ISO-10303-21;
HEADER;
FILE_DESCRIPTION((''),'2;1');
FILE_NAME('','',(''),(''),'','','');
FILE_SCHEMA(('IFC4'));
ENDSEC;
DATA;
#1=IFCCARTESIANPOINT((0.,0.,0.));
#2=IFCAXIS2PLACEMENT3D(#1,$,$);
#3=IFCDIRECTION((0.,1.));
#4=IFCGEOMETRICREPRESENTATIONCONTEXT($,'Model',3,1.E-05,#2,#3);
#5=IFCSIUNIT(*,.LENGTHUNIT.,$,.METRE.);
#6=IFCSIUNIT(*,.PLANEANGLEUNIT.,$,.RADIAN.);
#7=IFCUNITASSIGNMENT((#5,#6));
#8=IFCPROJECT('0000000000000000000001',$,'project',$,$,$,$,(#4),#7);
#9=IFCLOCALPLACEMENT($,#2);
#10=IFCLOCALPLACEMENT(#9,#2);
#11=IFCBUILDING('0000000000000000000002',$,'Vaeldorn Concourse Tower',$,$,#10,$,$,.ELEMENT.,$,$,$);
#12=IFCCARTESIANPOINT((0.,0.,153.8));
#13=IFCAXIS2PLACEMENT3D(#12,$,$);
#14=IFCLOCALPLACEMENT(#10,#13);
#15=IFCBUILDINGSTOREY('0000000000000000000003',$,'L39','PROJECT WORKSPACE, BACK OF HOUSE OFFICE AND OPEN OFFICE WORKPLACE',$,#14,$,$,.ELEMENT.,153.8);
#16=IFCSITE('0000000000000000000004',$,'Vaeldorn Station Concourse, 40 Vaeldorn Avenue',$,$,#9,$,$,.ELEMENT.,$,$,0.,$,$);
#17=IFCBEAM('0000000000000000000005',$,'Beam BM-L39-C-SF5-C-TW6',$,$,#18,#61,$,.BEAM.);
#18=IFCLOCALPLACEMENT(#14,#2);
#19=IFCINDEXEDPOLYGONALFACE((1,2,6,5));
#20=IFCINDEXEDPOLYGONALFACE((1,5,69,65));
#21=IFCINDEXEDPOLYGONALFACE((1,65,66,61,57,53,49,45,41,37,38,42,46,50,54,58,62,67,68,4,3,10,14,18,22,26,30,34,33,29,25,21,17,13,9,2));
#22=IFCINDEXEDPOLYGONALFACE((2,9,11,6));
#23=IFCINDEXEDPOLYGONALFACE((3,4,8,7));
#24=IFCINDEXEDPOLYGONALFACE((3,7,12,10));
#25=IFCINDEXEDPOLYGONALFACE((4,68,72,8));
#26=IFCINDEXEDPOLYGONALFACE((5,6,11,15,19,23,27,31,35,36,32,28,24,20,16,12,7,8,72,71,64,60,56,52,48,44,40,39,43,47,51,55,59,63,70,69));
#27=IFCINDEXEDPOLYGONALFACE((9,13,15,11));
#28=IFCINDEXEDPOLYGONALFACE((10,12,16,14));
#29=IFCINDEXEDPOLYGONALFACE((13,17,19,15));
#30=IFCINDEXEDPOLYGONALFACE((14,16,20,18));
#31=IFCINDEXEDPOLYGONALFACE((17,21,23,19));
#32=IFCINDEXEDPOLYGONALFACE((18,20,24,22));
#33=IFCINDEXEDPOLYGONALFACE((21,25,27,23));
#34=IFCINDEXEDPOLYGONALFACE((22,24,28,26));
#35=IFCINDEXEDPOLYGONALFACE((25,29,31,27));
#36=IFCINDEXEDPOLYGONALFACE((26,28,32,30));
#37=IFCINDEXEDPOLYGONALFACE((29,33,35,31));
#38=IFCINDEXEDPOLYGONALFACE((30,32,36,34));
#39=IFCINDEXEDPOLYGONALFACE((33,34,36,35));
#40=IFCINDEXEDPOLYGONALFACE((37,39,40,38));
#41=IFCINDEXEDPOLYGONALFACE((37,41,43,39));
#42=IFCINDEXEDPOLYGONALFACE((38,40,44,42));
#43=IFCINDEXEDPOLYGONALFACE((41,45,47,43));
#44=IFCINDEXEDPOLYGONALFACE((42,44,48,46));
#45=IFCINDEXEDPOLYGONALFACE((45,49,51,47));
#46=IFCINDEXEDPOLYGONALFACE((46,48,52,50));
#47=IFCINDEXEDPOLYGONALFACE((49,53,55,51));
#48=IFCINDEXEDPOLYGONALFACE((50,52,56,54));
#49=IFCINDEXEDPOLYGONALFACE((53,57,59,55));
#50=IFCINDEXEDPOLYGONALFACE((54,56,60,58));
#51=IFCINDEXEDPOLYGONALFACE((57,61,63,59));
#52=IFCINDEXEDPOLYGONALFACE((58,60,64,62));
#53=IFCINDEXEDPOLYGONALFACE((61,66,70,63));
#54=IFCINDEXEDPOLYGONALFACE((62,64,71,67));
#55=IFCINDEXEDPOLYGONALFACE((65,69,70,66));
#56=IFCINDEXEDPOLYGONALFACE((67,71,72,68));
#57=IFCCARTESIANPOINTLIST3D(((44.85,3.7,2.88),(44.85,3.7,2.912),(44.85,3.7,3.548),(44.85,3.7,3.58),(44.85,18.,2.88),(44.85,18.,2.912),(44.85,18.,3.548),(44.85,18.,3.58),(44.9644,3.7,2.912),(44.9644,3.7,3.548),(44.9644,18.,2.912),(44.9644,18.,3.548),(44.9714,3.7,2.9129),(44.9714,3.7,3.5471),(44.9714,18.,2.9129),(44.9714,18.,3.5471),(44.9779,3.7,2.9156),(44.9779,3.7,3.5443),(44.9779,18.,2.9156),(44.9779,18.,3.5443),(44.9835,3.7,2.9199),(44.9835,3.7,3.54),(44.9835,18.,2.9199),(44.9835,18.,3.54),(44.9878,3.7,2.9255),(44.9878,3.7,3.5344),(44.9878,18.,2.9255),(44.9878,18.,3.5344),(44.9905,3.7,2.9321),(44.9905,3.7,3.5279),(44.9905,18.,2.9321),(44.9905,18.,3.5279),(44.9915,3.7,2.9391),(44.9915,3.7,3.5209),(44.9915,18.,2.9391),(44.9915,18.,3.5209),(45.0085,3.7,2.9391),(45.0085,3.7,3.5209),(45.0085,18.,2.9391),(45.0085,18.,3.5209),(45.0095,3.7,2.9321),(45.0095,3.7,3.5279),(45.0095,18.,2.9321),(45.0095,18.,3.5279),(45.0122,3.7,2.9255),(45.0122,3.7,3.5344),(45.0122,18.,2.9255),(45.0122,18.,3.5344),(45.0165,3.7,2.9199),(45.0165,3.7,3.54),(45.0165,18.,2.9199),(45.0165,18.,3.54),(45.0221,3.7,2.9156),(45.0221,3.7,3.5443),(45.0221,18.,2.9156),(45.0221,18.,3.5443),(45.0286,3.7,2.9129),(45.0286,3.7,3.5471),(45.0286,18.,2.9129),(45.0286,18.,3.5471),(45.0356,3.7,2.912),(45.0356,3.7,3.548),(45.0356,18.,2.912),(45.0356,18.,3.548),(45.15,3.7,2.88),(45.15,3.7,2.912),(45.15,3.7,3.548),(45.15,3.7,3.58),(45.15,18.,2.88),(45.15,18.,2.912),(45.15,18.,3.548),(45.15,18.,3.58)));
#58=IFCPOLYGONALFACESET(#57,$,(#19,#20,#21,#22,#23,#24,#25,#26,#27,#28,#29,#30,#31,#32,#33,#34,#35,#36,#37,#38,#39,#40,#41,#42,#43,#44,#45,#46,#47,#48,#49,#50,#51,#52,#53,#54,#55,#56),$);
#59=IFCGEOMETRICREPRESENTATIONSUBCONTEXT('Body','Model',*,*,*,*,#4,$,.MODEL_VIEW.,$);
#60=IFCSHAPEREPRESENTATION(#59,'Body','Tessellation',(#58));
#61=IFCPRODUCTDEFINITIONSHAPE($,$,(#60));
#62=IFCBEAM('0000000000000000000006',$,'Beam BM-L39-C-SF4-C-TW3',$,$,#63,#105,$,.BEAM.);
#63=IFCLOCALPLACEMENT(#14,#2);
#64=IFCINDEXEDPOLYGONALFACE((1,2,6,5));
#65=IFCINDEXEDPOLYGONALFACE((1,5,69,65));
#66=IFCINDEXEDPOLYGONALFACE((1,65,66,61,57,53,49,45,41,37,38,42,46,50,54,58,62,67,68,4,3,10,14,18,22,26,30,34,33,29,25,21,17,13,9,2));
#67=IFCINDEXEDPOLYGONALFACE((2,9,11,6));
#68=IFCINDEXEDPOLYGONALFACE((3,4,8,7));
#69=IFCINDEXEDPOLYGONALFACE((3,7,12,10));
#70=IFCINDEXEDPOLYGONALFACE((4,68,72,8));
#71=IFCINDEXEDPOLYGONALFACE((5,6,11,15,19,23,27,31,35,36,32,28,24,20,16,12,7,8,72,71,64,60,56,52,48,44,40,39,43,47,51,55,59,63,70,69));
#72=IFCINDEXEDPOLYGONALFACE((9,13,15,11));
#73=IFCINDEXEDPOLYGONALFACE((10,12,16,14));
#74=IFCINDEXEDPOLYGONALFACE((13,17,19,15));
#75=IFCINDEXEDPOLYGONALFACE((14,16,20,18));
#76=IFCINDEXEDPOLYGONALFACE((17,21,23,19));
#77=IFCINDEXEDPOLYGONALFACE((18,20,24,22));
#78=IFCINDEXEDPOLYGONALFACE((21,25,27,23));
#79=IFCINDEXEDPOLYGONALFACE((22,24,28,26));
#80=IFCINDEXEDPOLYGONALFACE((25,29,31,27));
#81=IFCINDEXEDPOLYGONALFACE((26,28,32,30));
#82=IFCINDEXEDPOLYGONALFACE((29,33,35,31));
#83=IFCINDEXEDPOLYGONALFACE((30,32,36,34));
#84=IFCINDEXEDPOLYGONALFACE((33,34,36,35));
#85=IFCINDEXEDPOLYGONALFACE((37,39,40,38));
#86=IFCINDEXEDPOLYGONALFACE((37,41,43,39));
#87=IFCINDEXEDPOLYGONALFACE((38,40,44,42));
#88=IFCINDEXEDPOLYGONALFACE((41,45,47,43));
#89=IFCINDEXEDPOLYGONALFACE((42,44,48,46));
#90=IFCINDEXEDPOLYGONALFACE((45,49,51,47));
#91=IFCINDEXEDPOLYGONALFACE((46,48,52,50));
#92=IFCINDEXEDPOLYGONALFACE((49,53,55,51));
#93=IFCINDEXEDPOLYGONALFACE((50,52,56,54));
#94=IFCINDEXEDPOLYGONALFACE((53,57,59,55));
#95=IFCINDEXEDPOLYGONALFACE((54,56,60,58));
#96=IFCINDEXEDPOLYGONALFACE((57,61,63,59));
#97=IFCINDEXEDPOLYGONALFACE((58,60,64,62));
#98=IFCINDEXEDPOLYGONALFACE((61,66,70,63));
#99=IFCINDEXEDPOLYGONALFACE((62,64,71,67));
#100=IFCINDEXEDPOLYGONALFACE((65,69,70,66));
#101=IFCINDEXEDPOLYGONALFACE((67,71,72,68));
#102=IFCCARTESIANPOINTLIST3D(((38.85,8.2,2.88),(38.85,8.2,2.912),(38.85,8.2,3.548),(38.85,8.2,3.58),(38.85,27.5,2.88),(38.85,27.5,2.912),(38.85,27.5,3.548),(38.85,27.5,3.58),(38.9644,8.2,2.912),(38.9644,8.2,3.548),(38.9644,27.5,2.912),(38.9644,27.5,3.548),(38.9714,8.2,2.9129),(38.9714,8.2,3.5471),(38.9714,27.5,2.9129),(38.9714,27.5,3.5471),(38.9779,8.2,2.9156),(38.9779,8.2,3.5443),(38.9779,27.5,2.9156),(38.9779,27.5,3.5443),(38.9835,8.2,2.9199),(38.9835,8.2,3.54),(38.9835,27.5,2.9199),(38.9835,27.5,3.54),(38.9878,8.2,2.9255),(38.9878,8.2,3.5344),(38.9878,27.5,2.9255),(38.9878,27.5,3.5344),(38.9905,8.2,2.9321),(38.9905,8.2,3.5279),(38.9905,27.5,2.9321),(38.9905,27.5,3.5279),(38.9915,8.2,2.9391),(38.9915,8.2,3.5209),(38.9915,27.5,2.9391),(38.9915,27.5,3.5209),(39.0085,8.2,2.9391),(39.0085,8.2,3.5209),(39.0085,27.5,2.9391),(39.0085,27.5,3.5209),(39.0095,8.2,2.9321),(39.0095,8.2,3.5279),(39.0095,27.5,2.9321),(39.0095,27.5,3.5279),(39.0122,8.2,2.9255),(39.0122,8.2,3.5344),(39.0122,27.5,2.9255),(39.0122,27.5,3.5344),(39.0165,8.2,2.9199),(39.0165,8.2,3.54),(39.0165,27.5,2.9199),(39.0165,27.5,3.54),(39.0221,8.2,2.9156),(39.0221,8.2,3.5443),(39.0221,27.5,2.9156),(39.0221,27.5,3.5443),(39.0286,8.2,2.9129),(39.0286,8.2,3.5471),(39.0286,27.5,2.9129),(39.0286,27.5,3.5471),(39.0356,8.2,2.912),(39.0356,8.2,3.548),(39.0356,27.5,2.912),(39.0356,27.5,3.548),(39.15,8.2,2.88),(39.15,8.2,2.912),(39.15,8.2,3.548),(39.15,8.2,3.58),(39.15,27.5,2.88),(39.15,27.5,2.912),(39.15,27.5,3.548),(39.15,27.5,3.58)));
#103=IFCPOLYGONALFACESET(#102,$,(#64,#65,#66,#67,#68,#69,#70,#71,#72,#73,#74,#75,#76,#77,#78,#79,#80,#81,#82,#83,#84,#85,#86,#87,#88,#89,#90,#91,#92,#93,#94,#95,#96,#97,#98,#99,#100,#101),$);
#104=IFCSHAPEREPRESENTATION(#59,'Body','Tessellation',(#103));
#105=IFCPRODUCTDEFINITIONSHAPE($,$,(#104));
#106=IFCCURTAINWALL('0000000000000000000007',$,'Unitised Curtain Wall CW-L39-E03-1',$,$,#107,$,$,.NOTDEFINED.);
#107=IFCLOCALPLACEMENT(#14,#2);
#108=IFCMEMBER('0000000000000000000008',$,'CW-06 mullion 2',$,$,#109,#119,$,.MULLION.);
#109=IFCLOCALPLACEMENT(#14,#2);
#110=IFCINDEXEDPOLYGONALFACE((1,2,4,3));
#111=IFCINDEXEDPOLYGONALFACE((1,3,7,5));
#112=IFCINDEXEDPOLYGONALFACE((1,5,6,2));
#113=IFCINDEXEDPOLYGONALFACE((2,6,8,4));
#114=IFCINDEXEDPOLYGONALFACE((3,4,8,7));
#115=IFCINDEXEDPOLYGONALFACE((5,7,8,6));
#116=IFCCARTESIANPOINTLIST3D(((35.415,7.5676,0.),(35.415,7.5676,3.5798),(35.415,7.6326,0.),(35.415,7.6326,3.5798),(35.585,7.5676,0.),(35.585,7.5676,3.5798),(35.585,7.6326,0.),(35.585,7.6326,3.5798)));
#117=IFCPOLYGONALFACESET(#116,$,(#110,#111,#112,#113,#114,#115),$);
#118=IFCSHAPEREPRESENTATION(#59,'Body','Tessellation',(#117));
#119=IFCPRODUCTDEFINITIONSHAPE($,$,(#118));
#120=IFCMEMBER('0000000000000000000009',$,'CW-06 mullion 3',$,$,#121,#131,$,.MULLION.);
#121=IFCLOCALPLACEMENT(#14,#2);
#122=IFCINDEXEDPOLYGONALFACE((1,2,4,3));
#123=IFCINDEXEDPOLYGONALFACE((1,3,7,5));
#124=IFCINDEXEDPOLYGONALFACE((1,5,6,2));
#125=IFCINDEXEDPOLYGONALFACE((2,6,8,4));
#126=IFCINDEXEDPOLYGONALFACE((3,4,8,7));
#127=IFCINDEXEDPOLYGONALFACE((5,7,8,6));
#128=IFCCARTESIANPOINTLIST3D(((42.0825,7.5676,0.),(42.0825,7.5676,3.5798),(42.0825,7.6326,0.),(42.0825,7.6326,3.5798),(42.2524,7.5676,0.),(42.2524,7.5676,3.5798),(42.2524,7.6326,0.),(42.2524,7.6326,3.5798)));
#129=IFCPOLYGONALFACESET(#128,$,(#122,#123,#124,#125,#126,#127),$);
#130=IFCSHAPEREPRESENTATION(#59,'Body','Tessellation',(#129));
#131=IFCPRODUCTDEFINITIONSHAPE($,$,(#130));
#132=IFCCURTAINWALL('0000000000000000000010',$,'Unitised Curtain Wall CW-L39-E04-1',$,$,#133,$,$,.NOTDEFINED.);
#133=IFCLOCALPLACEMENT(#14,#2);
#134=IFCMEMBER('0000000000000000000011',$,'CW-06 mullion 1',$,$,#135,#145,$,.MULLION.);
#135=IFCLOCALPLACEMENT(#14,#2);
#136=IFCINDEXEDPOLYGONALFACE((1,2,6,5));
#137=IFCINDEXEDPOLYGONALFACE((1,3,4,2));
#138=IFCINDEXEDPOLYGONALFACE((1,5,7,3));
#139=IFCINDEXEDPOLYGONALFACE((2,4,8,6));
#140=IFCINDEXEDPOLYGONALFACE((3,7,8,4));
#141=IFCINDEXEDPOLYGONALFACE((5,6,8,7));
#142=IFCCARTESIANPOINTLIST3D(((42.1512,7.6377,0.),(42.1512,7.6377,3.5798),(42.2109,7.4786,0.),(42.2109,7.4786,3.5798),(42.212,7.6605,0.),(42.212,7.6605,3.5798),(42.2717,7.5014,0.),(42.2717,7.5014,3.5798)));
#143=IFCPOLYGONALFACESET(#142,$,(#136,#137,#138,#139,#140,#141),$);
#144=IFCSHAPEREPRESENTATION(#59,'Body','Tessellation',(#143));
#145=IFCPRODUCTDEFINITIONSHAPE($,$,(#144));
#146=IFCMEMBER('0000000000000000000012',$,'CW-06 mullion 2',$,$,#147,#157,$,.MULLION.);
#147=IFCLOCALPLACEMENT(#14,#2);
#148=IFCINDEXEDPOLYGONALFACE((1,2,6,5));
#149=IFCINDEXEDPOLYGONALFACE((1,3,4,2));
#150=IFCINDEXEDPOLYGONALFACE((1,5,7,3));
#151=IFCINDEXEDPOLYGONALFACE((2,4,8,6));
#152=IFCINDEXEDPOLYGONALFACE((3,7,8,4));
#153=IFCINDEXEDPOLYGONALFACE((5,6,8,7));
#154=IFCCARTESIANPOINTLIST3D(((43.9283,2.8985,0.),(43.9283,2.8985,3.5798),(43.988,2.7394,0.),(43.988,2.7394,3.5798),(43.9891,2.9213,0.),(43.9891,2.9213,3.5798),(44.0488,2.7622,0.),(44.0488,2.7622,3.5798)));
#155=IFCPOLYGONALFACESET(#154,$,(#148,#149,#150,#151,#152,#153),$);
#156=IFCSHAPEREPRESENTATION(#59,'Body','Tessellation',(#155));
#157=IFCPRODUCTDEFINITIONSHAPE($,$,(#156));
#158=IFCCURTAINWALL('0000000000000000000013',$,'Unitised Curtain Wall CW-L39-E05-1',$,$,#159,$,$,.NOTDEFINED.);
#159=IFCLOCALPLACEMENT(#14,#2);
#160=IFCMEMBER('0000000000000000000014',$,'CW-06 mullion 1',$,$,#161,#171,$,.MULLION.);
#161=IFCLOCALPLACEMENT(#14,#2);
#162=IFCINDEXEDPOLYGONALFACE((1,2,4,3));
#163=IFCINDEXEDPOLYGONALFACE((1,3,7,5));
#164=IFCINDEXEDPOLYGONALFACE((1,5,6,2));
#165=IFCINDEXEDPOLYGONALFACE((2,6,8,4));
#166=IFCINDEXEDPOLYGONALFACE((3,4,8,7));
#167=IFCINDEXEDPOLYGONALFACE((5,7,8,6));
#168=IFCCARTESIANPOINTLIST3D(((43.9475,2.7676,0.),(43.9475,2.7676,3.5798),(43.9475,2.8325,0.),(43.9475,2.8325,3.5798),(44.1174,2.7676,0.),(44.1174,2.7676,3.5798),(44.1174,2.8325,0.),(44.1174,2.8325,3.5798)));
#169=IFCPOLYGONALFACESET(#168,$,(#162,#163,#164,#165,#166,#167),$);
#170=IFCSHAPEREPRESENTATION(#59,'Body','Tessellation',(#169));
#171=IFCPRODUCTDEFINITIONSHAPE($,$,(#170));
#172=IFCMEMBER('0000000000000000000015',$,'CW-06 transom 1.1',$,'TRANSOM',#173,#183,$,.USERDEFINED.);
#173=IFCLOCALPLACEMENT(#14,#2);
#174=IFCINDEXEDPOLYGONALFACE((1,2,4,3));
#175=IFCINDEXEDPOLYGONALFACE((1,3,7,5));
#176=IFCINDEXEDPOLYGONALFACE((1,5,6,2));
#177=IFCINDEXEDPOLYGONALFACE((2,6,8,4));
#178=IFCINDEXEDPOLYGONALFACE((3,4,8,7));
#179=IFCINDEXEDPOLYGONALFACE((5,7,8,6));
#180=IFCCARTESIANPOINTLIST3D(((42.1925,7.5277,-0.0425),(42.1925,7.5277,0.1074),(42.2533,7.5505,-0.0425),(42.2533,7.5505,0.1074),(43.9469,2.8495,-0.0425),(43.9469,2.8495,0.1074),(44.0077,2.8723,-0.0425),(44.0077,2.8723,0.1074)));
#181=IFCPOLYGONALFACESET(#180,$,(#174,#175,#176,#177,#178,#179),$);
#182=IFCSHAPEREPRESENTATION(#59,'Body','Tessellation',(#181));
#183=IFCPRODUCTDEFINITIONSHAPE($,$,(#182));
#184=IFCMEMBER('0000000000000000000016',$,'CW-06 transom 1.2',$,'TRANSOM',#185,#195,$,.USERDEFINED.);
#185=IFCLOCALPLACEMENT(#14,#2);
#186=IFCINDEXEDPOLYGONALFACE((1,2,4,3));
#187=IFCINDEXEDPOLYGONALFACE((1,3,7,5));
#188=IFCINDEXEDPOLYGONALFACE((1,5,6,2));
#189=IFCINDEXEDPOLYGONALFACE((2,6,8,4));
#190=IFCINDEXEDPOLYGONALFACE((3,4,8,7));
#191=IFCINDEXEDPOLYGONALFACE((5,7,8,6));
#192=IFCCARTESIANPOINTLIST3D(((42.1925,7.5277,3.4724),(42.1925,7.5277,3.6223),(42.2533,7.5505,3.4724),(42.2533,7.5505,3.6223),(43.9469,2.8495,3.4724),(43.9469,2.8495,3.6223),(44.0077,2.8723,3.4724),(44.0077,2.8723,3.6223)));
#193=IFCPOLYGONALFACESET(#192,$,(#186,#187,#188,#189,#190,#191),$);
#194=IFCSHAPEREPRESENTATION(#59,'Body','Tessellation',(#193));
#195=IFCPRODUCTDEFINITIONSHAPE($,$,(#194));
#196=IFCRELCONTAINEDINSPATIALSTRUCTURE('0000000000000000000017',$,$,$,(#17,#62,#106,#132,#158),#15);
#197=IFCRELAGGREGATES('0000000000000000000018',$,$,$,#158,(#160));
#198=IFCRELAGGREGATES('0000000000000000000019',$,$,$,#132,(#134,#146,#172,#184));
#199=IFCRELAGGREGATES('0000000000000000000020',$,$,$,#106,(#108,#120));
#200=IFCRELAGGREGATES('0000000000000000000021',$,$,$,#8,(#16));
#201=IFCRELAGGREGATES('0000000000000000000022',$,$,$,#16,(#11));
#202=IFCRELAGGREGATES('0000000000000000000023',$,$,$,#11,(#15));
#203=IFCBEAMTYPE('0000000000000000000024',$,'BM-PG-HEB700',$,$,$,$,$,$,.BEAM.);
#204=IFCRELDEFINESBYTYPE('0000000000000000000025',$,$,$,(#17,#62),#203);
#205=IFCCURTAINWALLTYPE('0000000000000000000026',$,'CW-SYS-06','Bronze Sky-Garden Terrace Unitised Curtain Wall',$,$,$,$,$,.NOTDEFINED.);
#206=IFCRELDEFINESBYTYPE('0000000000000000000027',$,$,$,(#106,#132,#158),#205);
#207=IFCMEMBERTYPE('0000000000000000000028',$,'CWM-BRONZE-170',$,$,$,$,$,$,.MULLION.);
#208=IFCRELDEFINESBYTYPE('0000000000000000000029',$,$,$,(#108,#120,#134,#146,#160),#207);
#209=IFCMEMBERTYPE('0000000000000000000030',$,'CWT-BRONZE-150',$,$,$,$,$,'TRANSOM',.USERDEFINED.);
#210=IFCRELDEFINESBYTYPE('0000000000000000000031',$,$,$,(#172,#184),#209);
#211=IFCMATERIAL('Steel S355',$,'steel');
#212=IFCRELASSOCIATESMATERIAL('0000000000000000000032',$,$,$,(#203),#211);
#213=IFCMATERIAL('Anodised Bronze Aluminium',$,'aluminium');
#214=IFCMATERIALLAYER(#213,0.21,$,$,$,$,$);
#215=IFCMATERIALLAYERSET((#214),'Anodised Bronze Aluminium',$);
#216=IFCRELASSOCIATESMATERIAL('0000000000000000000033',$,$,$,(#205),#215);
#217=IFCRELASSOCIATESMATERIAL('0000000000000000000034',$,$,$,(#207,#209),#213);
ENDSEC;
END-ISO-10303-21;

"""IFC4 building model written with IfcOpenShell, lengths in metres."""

from ifc_helpers import new_model, si_unit, direction, frame, origin, origin_2d, place, context, subcontext, project, spatial, rectangle, i_section, extrude, source, transform, mapped, material, layer, layer_set, material_profile, profile_set, type_object, element, aggregate, save


model = new_model("IFC4")

# Units and contexts
model_context = context("Model", 3, precision=1e-05, world=origin(), true_north=direction((0.0, 1.0)))
body_context = subcontext(model_context, "Body", "Model", "MODEL_VIEW")
ifc_project = project(units=[si_unit("LENGTHUNIT", "METRE"), si_unit("PLANEANGLEUNIT", "RADIAN")], contexts=[model_context])

# Site, building, storey
site_placement = place(None, origin())
site = spatial("IfcSite", under=ifc_project, at=site_placement, Name="Vaeldorn Station Concourse, 40 Vaeldorn Avenue", CompositionType="ELEMENT", RefElevation=0.0)
building_placement = place(site_placement, origin())
building = spatial("IfcBuilding", under=site, at=building_placement, Name="Vaeldorn Concourse Tower", CompositionType="ELEMENT")
storey_placement = place(building_placement, frame((0.0, 0.0, 153.8)))
storey = spatial("IfcBuildingStorey", under=building, at=storey_placement, Name="L39", Description="PROJECT WORKSPACE, BACK OF HOUSE OFFICE AND OPEN OFFICE WORKPLACE", CompositionType="ELEMENT", Elevation=153.8)

# Beams
ifc_material_1 = material(Name="Steel S355", Category="steel")
ifc_material_profile_1 = material_profile(ifc_material_1, i_section(OverallWidth=0.3, OverallDepth=0.7, WebThickness=0.0171, FlangeThickness=0.032, FilletRadius=0.0271, at=origin_2d()), Name="HEB 700")
ifc_profile_set_1 = profile_set([ifc_material_profile_1], Name="Steel S355")
beam_type_1 = type_object("IfcBeamType", Name="BM-PG-HEB700", PredefinedType="BEAM", material=ifc_profile_set_1)
shared_shape_1 = source(origin(), body_context, "Body", "SweptSolid", [
    extrude(i_section(OverallWidth=0.3, OverallDepth=0.7, WebThickness=0.0171, FlangeThickness=0.032, FilletRadius=0.0271, at=origin_2d()), origin(), (0.0, 0.0, 1.0), 14.3),
])
beam_1_placement = place(storey_placement, frame((45.0, 3.7, 3.23), z_axis=(0.0, 1.0, 0.0), x_axis=(-1.0, 0.0, 0.0)))
element("IfcBeam", 1, at=beam_1_placement, inside=storey, type_object=beam_type_1, Name="Beam BM-L39-C-SF5-C-TW6", PredefinedType="BEAM", context=body_context, shape_type="MappedRepresentation", body=[
    mapped(shared_shape_1, transform((0.0, 0.0, 0.0), scale=1.0)),
])
shared_shape_2 = source(origin(), body_context, "Body", "SweptSolid", [
    extrude(i_section(OverallWidth=0.3, OverallDepth=0.7, WebThickness=0.0171, FlangeThickness=0.032, FilletRadius=0.0271, at=origin_2d()), origin(), (0.0, 0.0, 1.0), 19.3),
])
beam_2_placement = place(storey_placement, frame((39.0, 8.2, 3.23), z_axis=(0.0, 1.0, 0.0), x_axis=(-1.0, 0.0, 0.0)))
element("IfcBeam", 2, at=beam_2_placement, inside=storey, type_object=beam_type_1, Name="Beam BM-L39-C-SF4-C-TW3", PredefinedType="BEAM", context=body_context, shape_type="MappedRepresentation", body=[
    mapped(shared_shape_2, transform((0.0, 0.0, 0.0), scale=1.0)),
])

# Curtain walls, members
ifc_material_2 = material(Name="Anodised Bronze Aluminium", Category="aluminium")
ifc_layer_1 = layer(ifc_material_2, 0.21)
ifc_layer_set_1 = layer_set([ifc_layer_1], Name="Anodised Bronze Aluminium")
curtain_wall_type = type_object("IfcCurtainWallType", Name="CW-SYS-06", Description="Bronze Sky-Garden Terrace Unitised Curtain Wall", PredefinedType="NOTDEFINED", material=ifc_layer_set_1)
curtain_wall_1_placement = place(storey_placement, origin())
curtain_wall_1 = element("IfcCurtainWall", 3, at=curtain_wall_1_placement, inside=storey, type_object=curtain_wall_type, Name="Unitised Curtain Wall CW-L39-E03-1", PredefinedType="NOTDEFINED")
ifc_material_profile_2 = material_profile(ifc_material_2, rectangle(XDim=0.0649, YDim=0.1699, at=origin_2d()), Name="CWM 65x170")
ifc_profile_set_2 = profile_set([ifc_material_profile_2], Name="Anodised Bronze Aluminium")
member_type_1 = type_object("IfcMemberType", Name="CWM-BRONZE-170", PredefinedType="MULLION", material=ifc_profile_set_2)
shared_shape_3 = source(origin(), body_context, "Body", "SweptSolid", [
    extrude(rectangle(XDim=0.0649, YDim=0.1699, at=origin_2d()), origin(), (0.0, 0.0, 1.0), 3.5798),
])
member_1_placement = place(storey_placement, frame((35.5, 7.6001, 0.0), z_axis=(0.0, 0.0, 1.0), x_axis=(0.0, 1.0, 0.0)))
member_1 = element("IfcMember", 4, at=member_1_placement, type_object=member_type_1, Name="CW-06 mullion 2", PredefinedType="MULLION", context=body_context, shape_type="MappedRepresentation", body=[
    mapped(shared_shape_3, transform((0.0, 0.0, 0.0), scale=1.0)),
])
member_2_placement = place(storey_placement, frame((42.1675, 7.6001, 0.0), z_axis=(0.0, 0.0, 1.0), x_axis=(0.0, 1.0, 0.0)))
member_2 = element("IfcMember", 5, at=member_2_placement, type_object=member_type_1, Name="CW-06 mullion 3", PredefinedType="MULLION", context=body_context, shape_type="MappedRepresentation", body=[
    mapped(shared_shape_3, transform((0.0, 0.0, 0.0), scale=1.0)),
])
curtain_wall_2_placement = place(storey_placement, origin())
curtain_wall_2 = element("IfcCurtainWall", 6, at=curtain_wall_2_placement, inside=storey, type_object=curtain_wall_type, Name="Unitised Curtain Wall CW-L39-E04-1", PredefinedType="NOTDEFINED")
member_3_placement = place(storey_placement, frame((42.2114, 7.5696, 0.0), z_axis=(0.0, 0.0, 1.0), x_axis=(0.936329, 0.351123, 0.0)))
member_3 = element("IfcMember", 7, at=member_3_placement, type_object=member_type_1, Name="CW-06 mullion 1", PredefinedType="MULLION", context=body_context, shape_type="MappedRepresentation", body=[
    mapped(shared_shape_3, transform((0.0, 0.0, 0.0), scale=1.0)),
])
member_4_placement = place(storey_placement, frame((43.9885, 2.8303, 0.0), z_axis=(0.0, 0.0, 1.0), x_axis=(0.936329, 0.351123, 0.0)))
member_4 = element("IfcMember", 8, at=member_4_placement, type_object=member_type_1, Name="CW-06 mullion 2", PredefinedType="MULLION", context=body_context, shape_type="MappedRepresentation", body=[
    mapped(shared_shape_3, transform((0.0, 0.0, 0.0), scale=1.0)),
])

# Curtain wall, member
curtain_wall_3_placement = place(storey_placement, origin())
curtain_wall_3 = element("IfcCurtainWall", 9, at=curtain_wall_3_placement, inside=storey, type_object=curtain_wall_type, Name="Unitised Curtain Wall CW-L39-E05-1", PredefinedType="NOTDEFINED")
member_5_placement = place(storey_placement, frame((44.0325, 2.8, 0.0), z_axis=(0.0, 0.0, 1.0), x_axis=(0.0, 1.0, 0.0)))
member_5 = element("IfcMember", 10, at=member_5_placement, type_object=member_type_1, Name="CW-06 mullion 1", PredefinedType="MULLION", context=body_context, shape_type="MappedRepresentation", body=[
    mapped(shared_shape_3, transform((0.0, 0.0, 0.0), scale=1.0)),
])

# Members
ifc_material_profile_3 = material_profile(ifc_material_2, rectangle(XDim=0.0649, YDim=0.1499, at=origin_2d()), Name="CWT 65x150")
ifc_profile_set_3 = profile_set([ifc_material_profile_3], Name="Anodised Bronze Aluminium")
member_type_2 = type_object("IfcMemberType", Name="CWT-BRONZE-150", ElementType="TRANSOM", PredefinedType="USERDEFINED", material=ifc_profile_set_3)
shared_shape_4 = source(origin(), body_context, "Body", "SweptSolid", [
    extrude(rectangle(XDim=0.0649, YDim=0.1499, at=origin_2d()), origin(), (0.0, 0.0, 1.0), 4.9963),
])
member_6_placement = place(storey_placement, frame((42.2229, 7.5391, 0.0325), z_axis=(0.351134, -0.936325, 0.0), x_axis=(0.936325, 0.351134, 0.0)))
member_6 = element("IfcMember", 11, at=member_6_placement, type_object=member_type_2, Name="CW-06 transom 1.1", ObjectType="TRANSOM", PredefinedType="USERDEFINED", context=body_context, shape_type="MappedRepresentation", body=[
    mapped(shared_shape_4, transform((0.0, 0.0, 0.0), scale=1.0)),
])
member_7_placement = place(storey_placement, frame((42.2229, 7.5391, 3.5474), z_axis=(0.351134, -0.936325, 0.0), x_axis=(0.936325, 0.351134, 0.0)))
member_7 = element("IfcMember", 12, at=member_7_placement, type_object=member_type_2, Name="CW-06 transom 1.2", ObjectType="TRANSOM", PredefinedType="USERDEFINED", context=body_context, shape_type="MappedRepresentation", body=[
    mapped(shared_shape_4, transform((0.0, 0.0, 0.0), scale=1.0)),
])
aggregate(curtain_wall_3, [member_5])

aggregate(curtain_wall_2, [member_3, member_4, member_6, member_7])
aggregate(curtain_wall_1, [member_1, member_2])

save(model, "model.ifc")
